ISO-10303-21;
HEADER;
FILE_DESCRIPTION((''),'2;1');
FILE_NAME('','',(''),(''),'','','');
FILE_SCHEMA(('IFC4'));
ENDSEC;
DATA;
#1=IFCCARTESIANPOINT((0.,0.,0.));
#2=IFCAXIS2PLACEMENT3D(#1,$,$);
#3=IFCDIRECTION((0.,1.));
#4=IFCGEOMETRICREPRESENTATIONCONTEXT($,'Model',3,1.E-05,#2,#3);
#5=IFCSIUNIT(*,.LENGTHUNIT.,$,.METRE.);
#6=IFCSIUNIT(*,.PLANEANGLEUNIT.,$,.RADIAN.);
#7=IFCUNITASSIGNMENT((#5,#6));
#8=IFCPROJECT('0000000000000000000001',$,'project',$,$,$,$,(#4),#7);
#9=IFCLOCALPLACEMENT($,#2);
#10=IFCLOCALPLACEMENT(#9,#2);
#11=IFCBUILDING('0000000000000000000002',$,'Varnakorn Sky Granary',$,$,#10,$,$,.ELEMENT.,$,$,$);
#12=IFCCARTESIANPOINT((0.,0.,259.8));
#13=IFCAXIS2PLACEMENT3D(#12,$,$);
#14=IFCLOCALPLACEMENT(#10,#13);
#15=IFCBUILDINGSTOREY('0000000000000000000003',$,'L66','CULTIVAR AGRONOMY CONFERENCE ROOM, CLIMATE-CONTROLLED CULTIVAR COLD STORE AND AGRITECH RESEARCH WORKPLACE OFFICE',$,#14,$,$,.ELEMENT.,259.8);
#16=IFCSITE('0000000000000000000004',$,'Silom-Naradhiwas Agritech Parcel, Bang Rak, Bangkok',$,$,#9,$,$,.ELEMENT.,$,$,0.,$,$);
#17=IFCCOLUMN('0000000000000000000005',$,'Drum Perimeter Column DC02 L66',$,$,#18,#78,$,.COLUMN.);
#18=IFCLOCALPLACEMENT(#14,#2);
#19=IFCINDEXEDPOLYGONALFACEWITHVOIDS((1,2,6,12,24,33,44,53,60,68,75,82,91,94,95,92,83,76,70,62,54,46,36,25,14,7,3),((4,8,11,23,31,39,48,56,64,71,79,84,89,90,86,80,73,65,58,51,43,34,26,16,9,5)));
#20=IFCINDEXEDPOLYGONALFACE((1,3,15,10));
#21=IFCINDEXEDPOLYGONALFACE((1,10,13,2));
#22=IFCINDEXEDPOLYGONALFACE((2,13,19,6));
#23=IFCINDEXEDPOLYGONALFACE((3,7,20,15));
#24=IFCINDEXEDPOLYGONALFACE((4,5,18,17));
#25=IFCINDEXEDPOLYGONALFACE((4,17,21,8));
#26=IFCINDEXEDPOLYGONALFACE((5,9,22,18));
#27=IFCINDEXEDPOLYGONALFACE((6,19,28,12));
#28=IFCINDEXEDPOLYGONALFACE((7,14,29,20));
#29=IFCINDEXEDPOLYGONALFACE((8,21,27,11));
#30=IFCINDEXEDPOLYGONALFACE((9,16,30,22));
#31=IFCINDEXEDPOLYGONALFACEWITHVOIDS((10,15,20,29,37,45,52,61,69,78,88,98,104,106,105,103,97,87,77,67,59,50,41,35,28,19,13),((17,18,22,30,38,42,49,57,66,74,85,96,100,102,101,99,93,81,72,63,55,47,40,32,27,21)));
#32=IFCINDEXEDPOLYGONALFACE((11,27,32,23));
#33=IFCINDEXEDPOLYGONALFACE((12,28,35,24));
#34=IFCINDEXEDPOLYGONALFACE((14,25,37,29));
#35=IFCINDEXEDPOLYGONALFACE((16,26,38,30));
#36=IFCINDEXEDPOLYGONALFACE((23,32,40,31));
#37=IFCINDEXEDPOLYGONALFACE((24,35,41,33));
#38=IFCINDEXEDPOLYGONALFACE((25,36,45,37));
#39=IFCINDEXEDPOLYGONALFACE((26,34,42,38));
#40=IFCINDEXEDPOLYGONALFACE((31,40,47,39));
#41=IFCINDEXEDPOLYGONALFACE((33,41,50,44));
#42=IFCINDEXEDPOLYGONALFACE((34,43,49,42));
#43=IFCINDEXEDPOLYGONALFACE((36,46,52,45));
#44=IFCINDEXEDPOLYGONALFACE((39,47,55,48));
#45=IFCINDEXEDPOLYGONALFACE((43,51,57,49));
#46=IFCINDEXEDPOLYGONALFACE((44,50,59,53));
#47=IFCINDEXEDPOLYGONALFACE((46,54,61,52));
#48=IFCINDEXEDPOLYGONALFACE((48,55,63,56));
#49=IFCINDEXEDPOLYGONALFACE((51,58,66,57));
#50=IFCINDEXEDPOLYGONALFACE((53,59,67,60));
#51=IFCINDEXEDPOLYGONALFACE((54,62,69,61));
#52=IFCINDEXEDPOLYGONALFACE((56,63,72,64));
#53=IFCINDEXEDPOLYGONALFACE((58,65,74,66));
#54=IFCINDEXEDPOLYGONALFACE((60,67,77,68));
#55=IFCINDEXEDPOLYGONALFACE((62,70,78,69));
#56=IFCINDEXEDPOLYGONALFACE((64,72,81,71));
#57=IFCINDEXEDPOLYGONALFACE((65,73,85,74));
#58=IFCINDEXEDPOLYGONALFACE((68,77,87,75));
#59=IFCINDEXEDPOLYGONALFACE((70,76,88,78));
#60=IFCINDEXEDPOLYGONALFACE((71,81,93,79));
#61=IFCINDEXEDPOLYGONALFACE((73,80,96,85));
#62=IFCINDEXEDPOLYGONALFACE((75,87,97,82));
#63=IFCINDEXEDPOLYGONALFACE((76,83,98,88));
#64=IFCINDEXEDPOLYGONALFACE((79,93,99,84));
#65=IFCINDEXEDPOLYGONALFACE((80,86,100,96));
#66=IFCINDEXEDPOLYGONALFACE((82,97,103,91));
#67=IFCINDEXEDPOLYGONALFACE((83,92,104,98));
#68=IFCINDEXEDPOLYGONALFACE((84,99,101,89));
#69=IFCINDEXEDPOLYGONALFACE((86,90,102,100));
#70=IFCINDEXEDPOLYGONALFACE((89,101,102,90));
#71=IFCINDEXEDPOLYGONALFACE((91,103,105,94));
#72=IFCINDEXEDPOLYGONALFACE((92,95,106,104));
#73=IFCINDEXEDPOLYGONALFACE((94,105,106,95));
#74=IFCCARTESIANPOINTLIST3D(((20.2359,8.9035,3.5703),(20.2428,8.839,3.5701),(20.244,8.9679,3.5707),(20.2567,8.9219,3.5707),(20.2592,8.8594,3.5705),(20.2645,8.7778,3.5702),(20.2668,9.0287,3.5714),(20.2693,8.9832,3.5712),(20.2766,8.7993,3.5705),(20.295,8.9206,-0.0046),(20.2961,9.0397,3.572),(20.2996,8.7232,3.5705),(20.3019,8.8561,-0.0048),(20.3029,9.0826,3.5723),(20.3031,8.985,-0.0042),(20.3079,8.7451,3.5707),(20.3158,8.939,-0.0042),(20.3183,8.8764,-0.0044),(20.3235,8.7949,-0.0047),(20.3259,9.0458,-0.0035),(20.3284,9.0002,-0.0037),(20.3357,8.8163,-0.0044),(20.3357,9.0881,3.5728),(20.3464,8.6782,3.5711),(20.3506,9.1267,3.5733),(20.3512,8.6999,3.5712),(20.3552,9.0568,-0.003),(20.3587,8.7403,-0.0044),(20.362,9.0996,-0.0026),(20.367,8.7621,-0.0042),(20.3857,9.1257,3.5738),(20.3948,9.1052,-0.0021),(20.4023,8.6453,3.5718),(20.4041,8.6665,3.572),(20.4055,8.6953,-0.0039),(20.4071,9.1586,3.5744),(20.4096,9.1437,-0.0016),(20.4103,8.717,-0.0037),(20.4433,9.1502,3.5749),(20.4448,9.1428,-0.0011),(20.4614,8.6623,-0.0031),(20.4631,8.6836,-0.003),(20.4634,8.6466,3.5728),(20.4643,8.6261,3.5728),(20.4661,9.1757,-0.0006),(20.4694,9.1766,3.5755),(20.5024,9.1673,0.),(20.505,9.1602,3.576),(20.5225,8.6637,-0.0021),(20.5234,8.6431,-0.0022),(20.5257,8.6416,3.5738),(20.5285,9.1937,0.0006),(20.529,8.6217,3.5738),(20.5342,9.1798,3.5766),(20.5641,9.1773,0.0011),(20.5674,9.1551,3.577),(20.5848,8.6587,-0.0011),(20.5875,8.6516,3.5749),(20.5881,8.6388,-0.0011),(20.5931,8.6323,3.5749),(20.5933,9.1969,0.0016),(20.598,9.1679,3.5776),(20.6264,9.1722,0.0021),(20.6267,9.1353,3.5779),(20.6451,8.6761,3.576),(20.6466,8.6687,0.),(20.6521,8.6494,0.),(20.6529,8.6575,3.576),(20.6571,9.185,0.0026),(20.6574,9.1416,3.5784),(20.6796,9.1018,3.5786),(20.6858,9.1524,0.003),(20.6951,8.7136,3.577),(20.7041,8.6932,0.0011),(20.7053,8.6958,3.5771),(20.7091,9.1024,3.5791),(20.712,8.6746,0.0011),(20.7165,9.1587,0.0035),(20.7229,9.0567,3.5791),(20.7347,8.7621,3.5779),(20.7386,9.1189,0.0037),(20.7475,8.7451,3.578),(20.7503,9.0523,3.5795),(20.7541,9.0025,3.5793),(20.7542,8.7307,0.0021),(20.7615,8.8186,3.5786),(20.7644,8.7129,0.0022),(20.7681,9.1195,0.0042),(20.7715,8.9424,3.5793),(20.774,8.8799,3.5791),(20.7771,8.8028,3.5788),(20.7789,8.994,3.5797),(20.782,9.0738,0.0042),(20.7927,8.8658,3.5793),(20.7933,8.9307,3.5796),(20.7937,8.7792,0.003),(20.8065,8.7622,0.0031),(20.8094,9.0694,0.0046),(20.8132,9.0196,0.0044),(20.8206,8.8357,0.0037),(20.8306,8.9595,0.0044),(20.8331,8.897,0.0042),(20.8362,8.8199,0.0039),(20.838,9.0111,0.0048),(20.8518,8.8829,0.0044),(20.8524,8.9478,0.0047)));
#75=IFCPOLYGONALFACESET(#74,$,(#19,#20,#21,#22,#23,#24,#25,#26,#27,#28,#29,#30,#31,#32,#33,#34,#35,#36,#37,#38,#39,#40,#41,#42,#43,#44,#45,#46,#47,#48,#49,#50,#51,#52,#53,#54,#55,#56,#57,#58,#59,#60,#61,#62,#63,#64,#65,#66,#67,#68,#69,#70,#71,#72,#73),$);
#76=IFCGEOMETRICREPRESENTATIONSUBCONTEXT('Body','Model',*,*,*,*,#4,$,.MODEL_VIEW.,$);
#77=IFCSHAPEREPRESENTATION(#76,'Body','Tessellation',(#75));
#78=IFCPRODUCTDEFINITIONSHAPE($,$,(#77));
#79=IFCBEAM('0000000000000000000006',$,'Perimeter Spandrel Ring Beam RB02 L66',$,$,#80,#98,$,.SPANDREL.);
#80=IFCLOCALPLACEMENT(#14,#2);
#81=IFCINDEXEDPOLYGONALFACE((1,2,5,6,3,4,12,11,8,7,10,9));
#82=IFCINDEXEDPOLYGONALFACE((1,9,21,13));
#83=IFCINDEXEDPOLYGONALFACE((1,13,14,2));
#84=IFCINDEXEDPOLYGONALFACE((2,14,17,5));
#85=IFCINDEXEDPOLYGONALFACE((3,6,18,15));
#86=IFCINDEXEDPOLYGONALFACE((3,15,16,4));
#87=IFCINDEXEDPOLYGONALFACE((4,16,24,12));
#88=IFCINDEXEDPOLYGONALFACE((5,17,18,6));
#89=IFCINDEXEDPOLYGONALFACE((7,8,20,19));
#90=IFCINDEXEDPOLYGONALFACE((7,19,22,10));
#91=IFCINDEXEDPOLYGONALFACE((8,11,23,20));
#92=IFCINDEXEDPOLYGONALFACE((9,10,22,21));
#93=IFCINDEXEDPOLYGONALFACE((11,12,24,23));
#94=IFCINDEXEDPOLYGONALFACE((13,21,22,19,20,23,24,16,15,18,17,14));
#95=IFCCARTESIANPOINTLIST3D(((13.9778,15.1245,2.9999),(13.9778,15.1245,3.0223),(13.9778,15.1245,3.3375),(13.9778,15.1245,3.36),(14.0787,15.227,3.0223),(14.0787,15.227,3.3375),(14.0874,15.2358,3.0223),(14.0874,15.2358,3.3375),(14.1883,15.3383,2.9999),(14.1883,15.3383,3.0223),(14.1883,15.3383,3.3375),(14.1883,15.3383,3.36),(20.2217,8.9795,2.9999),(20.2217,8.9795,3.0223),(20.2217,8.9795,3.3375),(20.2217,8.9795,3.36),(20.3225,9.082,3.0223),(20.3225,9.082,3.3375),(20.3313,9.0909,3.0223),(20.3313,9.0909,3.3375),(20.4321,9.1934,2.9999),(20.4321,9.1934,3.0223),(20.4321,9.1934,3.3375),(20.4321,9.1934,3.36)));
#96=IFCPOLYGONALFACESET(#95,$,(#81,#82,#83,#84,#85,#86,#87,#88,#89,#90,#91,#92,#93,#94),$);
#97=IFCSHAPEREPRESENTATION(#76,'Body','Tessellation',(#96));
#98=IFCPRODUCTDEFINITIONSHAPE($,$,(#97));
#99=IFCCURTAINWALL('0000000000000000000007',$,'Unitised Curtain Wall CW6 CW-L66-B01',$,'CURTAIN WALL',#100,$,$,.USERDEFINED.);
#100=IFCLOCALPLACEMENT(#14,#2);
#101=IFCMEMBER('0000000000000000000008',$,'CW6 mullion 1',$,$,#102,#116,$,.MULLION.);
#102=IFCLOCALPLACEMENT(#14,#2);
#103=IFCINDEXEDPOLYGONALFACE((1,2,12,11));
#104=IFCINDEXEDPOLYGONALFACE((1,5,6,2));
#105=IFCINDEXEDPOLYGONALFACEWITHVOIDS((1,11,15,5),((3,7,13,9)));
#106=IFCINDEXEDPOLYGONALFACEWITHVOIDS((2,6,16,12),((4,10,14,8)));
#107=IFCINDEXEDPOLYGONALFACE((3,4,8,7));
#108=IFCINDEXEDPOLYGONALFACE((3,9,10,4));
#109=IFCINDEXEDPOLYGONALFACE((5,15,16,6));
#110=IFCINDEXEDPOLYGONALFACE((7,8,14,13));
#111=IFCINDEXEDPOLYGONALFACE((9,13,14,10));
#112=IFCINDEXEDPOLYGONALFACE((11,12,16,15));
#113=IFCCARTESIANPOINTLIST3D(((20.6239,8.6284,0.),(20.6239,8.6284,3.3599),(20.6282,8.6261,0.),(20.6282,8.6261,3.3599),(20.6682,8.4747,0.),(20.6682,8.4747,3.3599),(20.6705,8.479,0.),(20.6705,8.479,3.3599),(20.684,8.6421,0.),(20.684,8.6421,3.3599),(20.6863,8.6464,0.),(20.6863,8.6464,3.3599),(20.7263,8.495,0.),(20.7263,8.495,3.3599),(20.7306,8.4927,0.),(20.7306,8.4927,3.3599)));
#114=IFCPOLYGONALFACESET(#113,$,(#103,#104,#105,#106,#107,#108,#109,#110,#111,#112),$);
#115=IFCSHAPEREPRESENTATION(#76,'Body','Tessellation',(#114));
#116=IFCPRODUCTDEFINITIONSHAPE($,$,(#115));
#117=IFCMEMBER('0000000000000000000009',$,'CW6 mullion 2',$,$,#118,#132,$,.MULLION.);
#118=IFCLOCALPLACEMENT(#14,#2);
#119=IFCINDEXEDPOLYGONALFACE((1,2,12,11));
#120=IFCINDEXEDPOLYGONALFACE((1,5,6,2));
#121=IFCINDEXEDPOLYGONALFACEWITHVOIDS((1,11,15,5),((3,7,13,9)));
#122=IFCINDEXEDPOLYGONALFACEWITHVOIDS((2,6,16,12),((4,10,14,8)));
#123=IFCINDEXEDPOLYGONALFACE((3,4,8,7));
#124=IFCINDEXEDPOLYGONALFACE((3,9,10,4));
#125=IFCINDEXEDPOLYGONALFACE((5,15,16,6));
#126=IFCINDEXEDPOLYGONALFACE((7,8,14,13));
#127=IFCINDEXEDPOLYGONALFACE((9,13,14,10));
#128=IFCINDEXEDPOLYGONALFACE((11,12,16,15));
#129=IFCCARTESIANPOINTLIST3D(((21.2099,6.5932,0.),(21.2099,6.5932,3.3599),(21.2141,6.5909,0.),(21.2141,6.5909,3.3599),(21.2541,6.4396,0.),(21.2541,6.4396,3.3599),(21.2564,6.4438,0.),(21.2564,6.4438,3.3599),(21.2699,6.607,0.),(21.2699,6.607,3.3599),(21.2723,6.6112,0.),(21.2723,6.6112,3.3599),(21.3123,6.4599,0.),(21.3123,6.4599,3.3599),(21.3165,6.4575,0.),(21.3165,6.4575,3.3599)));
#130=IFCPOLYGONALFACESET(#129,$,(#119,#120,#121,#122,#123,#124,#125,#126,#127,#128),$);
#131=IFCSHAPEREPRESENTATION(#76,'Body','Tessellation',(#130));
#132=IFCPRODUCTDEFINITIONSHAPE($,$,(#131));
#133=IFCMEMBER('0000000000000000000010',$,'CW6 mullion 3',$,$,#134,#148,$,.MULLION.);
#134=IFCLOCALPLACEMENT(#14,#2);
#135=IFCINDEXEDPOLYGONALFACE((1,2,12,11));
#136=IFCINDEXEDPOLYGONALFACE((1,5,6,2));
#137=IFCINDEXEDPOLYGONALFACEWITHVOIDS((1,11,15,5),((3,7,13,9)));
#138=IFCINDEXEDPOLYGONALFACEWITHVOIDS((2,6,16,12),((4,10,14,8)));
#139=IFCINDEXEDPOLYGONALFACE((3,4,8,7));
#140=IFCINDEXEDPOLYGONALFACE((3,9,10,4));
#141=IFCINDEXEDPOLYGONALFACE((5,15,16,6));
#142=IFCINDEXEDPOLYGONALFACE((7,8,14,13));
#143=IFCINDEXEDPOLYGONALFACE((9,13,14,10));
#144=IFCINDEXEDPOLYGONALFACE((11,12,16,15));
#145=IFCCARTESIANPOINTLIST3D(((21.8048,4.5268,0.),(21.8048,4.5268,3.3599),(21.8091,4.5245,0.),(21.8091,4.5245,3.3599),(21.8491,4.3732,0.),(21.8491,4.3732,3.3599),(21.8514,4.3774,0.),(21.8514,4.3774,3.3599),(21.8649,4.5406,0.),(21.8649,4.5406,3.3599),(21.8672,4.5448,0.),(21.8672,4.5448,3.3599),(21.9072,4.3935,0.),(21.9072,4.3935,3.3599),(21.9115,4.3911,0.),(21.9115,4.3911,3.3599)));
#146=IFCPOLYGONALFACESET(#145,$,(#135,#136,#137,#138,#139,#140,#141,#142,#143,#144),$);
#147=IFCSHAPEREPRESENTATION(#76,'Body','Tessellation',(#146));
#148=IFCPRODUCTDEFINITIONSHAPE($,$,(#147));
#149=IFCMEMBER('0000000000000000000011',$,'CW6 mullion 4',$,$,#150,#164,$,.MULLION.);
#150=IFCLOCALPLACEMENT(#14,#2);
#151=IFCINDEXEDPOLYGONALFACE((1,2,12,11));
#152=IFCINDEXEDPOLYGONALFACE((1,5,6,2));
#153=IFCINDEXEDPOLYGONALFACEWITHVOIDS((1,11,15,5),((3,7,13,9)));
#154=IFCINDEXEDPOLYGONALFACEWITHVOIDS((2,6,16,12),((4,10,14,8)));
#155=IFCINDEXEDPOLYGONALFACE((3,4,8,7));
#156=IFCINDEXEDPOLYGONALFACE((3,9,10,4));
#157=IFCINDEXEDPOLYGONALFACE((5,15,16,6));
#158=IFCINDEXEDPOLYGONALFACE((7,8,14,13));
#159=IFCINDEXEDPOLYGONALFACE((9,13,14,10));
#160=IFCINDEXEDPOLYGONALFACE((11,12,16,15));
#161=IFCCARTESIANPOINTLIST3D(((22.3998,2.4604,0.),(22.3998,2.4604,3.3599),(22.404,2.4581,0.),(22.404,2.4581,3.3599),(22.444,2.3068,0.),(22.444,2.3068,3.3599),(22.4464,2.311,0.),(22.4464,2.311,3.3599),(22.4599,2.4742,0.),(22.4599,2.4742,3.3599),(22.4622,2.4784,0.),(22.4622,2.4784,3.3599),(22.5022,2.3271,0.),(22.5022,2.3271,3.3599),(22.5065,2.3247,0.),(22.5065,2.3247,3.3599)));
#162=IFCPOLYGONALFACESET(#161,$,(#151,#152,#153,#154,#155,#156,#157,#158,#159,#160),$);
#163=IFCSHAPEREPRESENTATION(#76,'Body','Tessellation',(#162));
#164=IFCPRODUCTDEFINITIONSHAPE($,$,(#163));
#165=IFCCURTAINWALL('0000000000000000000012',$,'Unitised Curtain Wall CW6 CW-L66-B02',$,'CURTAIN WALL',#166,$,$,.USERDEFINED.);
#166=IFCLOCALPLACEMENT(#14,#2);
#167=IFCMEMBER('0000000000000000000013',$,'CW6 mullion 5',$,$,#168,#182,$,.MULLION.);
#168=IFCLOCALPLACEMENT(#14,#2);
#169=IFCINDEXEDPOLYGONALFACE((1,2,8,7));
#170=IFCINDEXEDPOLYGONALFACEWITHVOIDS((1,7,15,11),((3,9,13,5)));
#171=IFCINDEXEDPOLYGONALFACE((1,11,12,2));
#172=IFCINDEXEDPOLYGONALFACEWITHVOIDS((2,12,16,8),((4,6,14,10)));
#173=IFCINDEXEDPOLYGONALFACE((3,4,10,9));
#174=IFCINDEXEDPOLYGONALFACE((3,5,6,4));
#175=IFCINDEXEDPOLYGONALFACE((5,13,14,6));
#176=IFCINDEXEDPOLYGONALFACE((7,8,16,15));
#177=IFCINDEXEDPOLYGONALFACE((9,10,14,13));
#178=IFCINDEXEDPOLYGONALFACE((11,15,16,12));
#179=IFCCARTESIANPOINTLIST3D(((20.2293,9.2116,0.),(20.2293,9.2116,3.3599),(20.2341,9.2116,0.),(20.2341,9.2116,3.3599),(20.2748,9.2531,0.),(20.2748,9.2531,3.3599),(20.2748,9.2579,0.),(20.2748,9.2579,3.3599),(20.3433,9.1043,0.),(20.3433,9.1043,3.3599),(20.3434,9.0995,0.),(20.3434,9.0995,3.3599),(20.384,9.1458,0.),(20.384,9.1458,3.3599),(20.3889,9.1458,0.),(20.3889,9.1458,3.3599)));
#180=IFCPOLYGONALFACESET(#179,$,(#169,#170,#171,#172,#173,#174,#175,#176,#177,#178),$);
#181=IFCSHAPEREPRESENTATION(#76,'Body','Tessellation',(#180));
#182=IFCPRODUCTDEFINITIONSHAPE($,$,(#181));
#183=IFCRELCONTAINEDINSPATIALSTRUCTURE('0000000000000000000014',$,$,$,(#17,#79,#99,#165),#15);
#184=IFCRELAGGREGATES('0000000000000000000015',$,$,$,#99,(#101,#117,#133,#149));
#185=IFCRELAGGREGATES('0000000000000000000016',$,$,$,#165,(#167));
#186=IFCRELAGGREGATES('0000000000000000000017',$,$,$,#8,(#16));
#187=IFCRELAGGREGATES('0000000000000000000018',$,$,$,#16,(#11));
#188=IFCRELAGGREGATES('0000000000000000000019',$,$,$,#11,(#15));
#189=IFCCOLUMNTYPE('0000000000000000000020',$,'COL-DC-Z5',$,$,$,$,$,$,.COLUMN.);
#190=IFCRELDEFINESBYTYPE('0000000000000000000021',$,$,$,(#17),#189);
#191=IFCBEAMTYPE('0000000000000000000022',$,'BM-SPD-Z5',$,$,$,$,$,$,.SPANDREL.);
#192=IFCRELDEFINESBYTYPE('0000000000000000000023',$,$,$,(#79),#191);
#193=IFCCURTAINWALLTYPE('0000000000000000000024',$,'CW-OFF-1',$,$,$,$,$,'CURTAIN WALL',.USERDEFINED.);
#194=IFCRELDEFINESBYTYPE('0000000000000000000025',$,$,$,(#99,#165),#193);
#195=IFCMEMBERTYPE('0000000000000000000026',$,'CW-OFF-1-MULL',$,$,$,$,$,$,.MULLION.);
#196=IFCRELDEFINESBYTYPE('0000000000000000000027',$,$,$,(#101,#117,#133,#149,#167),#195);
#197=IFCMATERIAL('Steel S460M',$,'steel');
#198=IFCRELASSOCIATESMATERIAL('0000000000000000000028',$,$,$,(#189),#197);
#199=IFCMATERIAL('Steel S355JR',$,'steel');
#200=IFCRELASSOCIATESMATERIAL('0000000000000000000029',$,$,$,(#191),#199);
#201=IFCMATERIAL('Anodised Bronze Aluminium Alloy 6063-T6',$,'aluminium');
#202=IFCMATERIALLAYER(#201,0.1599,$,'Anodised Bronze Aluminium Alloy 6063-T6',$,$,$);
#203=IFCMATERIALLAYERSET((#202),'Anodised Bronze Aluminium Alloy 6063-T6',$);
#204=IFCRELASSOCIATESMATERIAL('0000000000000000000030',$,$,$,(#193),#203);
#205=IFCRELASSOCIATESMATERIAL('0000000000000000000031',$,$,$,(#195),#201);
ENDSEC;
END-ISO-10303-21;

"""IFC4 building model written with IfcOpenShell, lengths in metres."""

from ifc_helpers import new_model, si_unit, direction, frame, origin, origin_2d, place, context, subcontext, project, spatial, hollow_rectangle, hollow_circle, i_section, extrude, material, layer, layer_set, material_profile, profile_set, type_object, element, aggregate, save


model = new_model("IFC4")

# Units and contexts
model_context = context("Model", 3, precision=1e-05, world=origin(), true_north=direction((0.0, 1.0)))
body_context = subcontext(model_context, "Body", "Model", "MODEL_VIEW")
ifc_project = project(units=[si_unit("LENGTHUNIT", "METRE"), si_unit("PLANEANGLEUNIT", "RADIAN")], contexts=[model_context])

# Site, building, storey
site_placement = place(None, origin())
site = spatial("IfcSite", under=ifc_project, at=site_placement, Name="Silom-Naradhiwas Agritech Parcel, Bang Rak, Bangkok", CompositionType="ELEMENT", RefElevation=0.0)
building_placement = place(site_placement, origin())
building = spatial("IfcBuilding", under=site, at=building_placement, Name="Varnakorn Sky Granary", CompositionType="ELEMENT")
storey_placement = place(building_placement, frame((0.0, 0.0, 259.8)))
storey = spatial("IfcBuildingStorey", under=building, at=storey_placement, Name="L66", Description="CULTIVAR AGRONOMY CONFERENCE ROOM, CLIMATE-CONTROLLED CULTIVAR COLD STORE AND AGRITECH RESEARCH WORKPLACE OFFICE", CompositionType="ELEMENT", Elevation=259.8)

# Column
ifc_material_1 = material(Name="Steel S460M", Category="steel")
ifc_material_profile_1 = material_profile(ifc_material_1, hollow_circle(Radius=0.2795, WallThickness=0.02, at=origin_2d()), Name="CHS 559x20")
ifc_profile_set_1 = profile_set([ifc_material_profile_1], Name="Steel S460M")
column_type = type_object("IfcColumnType", Name="COL-DC-Z5", PredefinedType="COLUMN", material=ifc_profile_set_1)
column_placement = place(storey_placement, frame((20.5745, 8.918, 0.0), z_axis=(-0.016524, -0.00478, 0.999852), x_axis=(0.277865, -0.96062, 0.0)))
element("IfcColumn", 1, at=column_placement, inside=storey, type_object=column_type, Name="Drum Perimeter Column DC02 L66", PredefinedType="COLUMN", context=body_context, shape_type="SweptSolid", body=[
    extrude(hollow_circle(Radius=0.2795, WallThickness=0.02, at=origin_2d()), origin(), (0.0, 0.0, 1.0), 3.5754),
])

# Beam
ifc_material_2 = material(Name="Steel S355JR", Category="steel")
ifc_material_profile_2 = material_profile(ifc_material_2, i_section(OverallWidth=0.3, OverallDepth=0.3601, WebThickness=0.0125, FlangeThickness=0.0225, at=origin_2d()), Name="HE 360 B")
ifc_profile_set_2 = profile_set([ifc_material_profile_2], Name="Steel S355JR")
beam_type = type_object("IfcBeamType", Name="BM-SPD-Z5", PredefinedType="SPANDREL", material=ifc_profile_set_2)
beam_placement = place(storey_placement, frame((20.3269, 9.0864, 3.1799), z_axis=(-0.712728, 0.701441, 0.0), x_axis=(-0.701441, -0.712728, 0.0)))
element("IfcBeam", 2, at=beam_placement, inside=storey, type_object=beam_type, Name="Perimeter Spandrel Ring Beam RB02 L66", PredefinedType="SPANDREL", context=body_context, shape_type="SweptSolid", body=[
    extrude(i_section(OverallWidth=0.3, OverallDepth=0.3601, WebThickness=0.0125, FlangeThickness=0.0225, at=origin_2d()), origin(), (0.0, 0.0, 1.0), 8.7605),
])

# Curtain wall, members
ifc_material_3 = material(Name="Anodised Bronze Aluminium Alloy 6063-T6", Category="aluminium")
ifc_layer_1 = layer(ifc_material_3, 0.1599, Name="Anodised Bronze Aluminium Alloy 6063-T6")
ifc_layer_set_1 = layer_set([ifc_layer_1], Name="Anodised Bronze Aluminium Alloy 6063-T6")
curtain_wall_type = type_object("IfcCurtainWallType", Name="CW-OFF-1", ElementType="CURTAIN WALL", PredefinedType="USERDEFINED", material=ifc_layer_set_1)
curtain_wall_1_placement = place(storey_placement, origin())
curtain_wall_1 = element("IfcCurtainWall", 3, at=curtain_wall_1_placement, inside=storey, type_object=curtain_wall_type, Name="Unitised Curtain Wall CW6 CW-L66-B01", ObjectType="CURTAIN WALL", PredefinedType="USERDEFINED")
ifc_material_profile_3 = material_profile(ifc_material_3, hollow_rectangle(XDim=0.0649, YDim=0.1599, WallThickness=0.0034, at=origin_2d()), Name="ALU MULL 65x160")
ifc_profile_set_3 = profile_set([ifc_material_profile_3], Name="Anodised Bronze Aluminium Alloy 6063-T6")
member_type_1 = type_object("IfcMemberType", Name="CW-OFF-1-MULL", PredefinedType="MULLION", material=ifc_profile_set_3)
member_1_placement = place(storey_placement, frame((20.6772, 8.5605, 0.0), z_axis=(0.0, 0.0, 1.0), x_axis=(0.960963, 0.276677, 0.0)))
member_1 = element("IfcMember", 4, at=member_1_placement, type_object=member_type_1, Name="CW6 mullion 1", PredefinedType="MULLION", context=body_context, shape_type="SweptSolid", body=[
    extrude(hollow_rectangle(XDim=0.0649, YDim=0.1599, WallThickness=0.0034, at=origin_2d()), origin(), (0.0, 0.0, 1.0), 3.3599),
])
member_2_placement = place(storey_placement, frame((21.2632, 6.5254, 0.0), z_axis=(0.0, 0.0, 1.0), x_axis=(0.960963, 0.276677, 0.0)))
member_2 = element("IfcMember", 5, at=member_2_placement, type_object=member_type_1, Name="CW6 mullion 2", PredefinedType="MULLION", context=body_context, shape_type="SweptSolid", body=[
    extrude(hollow_rectangle(XDim=0.0649, YDim=0.1599, WallThickness=0.0034, at=origin_2d()), origin(), (0.0, 0.0, 1.0), 3.3599),
])
member_3_placement = place(storey_placement, frame((21.8582, 4.459, 0.0), z_axis=(0.0, 0.0, 1.0), x_axis=(0.960963, 0.276677, 0.0)))
member_3 = element("IfcMember", 6, at=member_3_placement, type_object=member_type_1, Name="CW6 mullion 3", PredefinedType="MULLION", context=body_context, shape_type="SweptSolid", body=[
    extrude(hollow_rectangle(XDim=0.0649, YDim=0.1599, WallThickness=0.0034, at=origin_2d()), origin(), (0.0, 0.0, 1.0), 3.3599),
])
member_4_placement = place(storey_placement, frame((22.4531, 2.3926, 0.0), z_axis=(0.0, 0.0, 1.0), x_axis=(0.960963, 0.276677, 0.0)))
member_4 = element("IfcMember", 7, at=member_4_placement, type_object=member_type_1, Name="CW6 mullion 4", PredefinedType="MULLION", context=body_context, shape_type="SweptSolid", body=[
    extrude(hollow_rectangle(XDim=0.0649, YDim=0.1599, WallThickness=0.0034, at=origin_2d()), origin(), (0.0, 0.0, 1.0), 3.3599),
])

# Curtain wall, member
curtain_wall_2_placement = place(storey_placement, origin())
curtain_wall_2 = element("IfcCurtainWall", 8, at=curtain_wall_2_placement, inside=storey, type_object=curtain_wall_type, Name="Unitised Curtain Wall CW6 CW-L66-B02", ObjectType="CURTAIN WALL", PredefinedType="USERDEFINED")
member_5_placement = place(storey_placement, frame((20.3091, 9.1787, 0.0), z_axis=(0.0, 0.0, 1.0), x_axis=(0.700774, 0.713383, 0.0)))
member_5 = element("IfcMember", 9, at=member_5_placement, type_object=member_type_1, Name="CW6 mullion 5", PredefinedType="MULLION", context=body_context, shape_type="SweptSolid", body=[
    extrude(hollow_rectangle(XDim=0.0649, YDim=0.1599, WallThickness=0.0034, at=origin_2d()), origin(), (0.0, 0.0, 1.0), 3.3599),
])

aggregate(curtain_wall_1, [member_1, member_2, member_3, member_4])
aggregate(curtain_wall_2, [member_5])

save(model, "model.ifc")
